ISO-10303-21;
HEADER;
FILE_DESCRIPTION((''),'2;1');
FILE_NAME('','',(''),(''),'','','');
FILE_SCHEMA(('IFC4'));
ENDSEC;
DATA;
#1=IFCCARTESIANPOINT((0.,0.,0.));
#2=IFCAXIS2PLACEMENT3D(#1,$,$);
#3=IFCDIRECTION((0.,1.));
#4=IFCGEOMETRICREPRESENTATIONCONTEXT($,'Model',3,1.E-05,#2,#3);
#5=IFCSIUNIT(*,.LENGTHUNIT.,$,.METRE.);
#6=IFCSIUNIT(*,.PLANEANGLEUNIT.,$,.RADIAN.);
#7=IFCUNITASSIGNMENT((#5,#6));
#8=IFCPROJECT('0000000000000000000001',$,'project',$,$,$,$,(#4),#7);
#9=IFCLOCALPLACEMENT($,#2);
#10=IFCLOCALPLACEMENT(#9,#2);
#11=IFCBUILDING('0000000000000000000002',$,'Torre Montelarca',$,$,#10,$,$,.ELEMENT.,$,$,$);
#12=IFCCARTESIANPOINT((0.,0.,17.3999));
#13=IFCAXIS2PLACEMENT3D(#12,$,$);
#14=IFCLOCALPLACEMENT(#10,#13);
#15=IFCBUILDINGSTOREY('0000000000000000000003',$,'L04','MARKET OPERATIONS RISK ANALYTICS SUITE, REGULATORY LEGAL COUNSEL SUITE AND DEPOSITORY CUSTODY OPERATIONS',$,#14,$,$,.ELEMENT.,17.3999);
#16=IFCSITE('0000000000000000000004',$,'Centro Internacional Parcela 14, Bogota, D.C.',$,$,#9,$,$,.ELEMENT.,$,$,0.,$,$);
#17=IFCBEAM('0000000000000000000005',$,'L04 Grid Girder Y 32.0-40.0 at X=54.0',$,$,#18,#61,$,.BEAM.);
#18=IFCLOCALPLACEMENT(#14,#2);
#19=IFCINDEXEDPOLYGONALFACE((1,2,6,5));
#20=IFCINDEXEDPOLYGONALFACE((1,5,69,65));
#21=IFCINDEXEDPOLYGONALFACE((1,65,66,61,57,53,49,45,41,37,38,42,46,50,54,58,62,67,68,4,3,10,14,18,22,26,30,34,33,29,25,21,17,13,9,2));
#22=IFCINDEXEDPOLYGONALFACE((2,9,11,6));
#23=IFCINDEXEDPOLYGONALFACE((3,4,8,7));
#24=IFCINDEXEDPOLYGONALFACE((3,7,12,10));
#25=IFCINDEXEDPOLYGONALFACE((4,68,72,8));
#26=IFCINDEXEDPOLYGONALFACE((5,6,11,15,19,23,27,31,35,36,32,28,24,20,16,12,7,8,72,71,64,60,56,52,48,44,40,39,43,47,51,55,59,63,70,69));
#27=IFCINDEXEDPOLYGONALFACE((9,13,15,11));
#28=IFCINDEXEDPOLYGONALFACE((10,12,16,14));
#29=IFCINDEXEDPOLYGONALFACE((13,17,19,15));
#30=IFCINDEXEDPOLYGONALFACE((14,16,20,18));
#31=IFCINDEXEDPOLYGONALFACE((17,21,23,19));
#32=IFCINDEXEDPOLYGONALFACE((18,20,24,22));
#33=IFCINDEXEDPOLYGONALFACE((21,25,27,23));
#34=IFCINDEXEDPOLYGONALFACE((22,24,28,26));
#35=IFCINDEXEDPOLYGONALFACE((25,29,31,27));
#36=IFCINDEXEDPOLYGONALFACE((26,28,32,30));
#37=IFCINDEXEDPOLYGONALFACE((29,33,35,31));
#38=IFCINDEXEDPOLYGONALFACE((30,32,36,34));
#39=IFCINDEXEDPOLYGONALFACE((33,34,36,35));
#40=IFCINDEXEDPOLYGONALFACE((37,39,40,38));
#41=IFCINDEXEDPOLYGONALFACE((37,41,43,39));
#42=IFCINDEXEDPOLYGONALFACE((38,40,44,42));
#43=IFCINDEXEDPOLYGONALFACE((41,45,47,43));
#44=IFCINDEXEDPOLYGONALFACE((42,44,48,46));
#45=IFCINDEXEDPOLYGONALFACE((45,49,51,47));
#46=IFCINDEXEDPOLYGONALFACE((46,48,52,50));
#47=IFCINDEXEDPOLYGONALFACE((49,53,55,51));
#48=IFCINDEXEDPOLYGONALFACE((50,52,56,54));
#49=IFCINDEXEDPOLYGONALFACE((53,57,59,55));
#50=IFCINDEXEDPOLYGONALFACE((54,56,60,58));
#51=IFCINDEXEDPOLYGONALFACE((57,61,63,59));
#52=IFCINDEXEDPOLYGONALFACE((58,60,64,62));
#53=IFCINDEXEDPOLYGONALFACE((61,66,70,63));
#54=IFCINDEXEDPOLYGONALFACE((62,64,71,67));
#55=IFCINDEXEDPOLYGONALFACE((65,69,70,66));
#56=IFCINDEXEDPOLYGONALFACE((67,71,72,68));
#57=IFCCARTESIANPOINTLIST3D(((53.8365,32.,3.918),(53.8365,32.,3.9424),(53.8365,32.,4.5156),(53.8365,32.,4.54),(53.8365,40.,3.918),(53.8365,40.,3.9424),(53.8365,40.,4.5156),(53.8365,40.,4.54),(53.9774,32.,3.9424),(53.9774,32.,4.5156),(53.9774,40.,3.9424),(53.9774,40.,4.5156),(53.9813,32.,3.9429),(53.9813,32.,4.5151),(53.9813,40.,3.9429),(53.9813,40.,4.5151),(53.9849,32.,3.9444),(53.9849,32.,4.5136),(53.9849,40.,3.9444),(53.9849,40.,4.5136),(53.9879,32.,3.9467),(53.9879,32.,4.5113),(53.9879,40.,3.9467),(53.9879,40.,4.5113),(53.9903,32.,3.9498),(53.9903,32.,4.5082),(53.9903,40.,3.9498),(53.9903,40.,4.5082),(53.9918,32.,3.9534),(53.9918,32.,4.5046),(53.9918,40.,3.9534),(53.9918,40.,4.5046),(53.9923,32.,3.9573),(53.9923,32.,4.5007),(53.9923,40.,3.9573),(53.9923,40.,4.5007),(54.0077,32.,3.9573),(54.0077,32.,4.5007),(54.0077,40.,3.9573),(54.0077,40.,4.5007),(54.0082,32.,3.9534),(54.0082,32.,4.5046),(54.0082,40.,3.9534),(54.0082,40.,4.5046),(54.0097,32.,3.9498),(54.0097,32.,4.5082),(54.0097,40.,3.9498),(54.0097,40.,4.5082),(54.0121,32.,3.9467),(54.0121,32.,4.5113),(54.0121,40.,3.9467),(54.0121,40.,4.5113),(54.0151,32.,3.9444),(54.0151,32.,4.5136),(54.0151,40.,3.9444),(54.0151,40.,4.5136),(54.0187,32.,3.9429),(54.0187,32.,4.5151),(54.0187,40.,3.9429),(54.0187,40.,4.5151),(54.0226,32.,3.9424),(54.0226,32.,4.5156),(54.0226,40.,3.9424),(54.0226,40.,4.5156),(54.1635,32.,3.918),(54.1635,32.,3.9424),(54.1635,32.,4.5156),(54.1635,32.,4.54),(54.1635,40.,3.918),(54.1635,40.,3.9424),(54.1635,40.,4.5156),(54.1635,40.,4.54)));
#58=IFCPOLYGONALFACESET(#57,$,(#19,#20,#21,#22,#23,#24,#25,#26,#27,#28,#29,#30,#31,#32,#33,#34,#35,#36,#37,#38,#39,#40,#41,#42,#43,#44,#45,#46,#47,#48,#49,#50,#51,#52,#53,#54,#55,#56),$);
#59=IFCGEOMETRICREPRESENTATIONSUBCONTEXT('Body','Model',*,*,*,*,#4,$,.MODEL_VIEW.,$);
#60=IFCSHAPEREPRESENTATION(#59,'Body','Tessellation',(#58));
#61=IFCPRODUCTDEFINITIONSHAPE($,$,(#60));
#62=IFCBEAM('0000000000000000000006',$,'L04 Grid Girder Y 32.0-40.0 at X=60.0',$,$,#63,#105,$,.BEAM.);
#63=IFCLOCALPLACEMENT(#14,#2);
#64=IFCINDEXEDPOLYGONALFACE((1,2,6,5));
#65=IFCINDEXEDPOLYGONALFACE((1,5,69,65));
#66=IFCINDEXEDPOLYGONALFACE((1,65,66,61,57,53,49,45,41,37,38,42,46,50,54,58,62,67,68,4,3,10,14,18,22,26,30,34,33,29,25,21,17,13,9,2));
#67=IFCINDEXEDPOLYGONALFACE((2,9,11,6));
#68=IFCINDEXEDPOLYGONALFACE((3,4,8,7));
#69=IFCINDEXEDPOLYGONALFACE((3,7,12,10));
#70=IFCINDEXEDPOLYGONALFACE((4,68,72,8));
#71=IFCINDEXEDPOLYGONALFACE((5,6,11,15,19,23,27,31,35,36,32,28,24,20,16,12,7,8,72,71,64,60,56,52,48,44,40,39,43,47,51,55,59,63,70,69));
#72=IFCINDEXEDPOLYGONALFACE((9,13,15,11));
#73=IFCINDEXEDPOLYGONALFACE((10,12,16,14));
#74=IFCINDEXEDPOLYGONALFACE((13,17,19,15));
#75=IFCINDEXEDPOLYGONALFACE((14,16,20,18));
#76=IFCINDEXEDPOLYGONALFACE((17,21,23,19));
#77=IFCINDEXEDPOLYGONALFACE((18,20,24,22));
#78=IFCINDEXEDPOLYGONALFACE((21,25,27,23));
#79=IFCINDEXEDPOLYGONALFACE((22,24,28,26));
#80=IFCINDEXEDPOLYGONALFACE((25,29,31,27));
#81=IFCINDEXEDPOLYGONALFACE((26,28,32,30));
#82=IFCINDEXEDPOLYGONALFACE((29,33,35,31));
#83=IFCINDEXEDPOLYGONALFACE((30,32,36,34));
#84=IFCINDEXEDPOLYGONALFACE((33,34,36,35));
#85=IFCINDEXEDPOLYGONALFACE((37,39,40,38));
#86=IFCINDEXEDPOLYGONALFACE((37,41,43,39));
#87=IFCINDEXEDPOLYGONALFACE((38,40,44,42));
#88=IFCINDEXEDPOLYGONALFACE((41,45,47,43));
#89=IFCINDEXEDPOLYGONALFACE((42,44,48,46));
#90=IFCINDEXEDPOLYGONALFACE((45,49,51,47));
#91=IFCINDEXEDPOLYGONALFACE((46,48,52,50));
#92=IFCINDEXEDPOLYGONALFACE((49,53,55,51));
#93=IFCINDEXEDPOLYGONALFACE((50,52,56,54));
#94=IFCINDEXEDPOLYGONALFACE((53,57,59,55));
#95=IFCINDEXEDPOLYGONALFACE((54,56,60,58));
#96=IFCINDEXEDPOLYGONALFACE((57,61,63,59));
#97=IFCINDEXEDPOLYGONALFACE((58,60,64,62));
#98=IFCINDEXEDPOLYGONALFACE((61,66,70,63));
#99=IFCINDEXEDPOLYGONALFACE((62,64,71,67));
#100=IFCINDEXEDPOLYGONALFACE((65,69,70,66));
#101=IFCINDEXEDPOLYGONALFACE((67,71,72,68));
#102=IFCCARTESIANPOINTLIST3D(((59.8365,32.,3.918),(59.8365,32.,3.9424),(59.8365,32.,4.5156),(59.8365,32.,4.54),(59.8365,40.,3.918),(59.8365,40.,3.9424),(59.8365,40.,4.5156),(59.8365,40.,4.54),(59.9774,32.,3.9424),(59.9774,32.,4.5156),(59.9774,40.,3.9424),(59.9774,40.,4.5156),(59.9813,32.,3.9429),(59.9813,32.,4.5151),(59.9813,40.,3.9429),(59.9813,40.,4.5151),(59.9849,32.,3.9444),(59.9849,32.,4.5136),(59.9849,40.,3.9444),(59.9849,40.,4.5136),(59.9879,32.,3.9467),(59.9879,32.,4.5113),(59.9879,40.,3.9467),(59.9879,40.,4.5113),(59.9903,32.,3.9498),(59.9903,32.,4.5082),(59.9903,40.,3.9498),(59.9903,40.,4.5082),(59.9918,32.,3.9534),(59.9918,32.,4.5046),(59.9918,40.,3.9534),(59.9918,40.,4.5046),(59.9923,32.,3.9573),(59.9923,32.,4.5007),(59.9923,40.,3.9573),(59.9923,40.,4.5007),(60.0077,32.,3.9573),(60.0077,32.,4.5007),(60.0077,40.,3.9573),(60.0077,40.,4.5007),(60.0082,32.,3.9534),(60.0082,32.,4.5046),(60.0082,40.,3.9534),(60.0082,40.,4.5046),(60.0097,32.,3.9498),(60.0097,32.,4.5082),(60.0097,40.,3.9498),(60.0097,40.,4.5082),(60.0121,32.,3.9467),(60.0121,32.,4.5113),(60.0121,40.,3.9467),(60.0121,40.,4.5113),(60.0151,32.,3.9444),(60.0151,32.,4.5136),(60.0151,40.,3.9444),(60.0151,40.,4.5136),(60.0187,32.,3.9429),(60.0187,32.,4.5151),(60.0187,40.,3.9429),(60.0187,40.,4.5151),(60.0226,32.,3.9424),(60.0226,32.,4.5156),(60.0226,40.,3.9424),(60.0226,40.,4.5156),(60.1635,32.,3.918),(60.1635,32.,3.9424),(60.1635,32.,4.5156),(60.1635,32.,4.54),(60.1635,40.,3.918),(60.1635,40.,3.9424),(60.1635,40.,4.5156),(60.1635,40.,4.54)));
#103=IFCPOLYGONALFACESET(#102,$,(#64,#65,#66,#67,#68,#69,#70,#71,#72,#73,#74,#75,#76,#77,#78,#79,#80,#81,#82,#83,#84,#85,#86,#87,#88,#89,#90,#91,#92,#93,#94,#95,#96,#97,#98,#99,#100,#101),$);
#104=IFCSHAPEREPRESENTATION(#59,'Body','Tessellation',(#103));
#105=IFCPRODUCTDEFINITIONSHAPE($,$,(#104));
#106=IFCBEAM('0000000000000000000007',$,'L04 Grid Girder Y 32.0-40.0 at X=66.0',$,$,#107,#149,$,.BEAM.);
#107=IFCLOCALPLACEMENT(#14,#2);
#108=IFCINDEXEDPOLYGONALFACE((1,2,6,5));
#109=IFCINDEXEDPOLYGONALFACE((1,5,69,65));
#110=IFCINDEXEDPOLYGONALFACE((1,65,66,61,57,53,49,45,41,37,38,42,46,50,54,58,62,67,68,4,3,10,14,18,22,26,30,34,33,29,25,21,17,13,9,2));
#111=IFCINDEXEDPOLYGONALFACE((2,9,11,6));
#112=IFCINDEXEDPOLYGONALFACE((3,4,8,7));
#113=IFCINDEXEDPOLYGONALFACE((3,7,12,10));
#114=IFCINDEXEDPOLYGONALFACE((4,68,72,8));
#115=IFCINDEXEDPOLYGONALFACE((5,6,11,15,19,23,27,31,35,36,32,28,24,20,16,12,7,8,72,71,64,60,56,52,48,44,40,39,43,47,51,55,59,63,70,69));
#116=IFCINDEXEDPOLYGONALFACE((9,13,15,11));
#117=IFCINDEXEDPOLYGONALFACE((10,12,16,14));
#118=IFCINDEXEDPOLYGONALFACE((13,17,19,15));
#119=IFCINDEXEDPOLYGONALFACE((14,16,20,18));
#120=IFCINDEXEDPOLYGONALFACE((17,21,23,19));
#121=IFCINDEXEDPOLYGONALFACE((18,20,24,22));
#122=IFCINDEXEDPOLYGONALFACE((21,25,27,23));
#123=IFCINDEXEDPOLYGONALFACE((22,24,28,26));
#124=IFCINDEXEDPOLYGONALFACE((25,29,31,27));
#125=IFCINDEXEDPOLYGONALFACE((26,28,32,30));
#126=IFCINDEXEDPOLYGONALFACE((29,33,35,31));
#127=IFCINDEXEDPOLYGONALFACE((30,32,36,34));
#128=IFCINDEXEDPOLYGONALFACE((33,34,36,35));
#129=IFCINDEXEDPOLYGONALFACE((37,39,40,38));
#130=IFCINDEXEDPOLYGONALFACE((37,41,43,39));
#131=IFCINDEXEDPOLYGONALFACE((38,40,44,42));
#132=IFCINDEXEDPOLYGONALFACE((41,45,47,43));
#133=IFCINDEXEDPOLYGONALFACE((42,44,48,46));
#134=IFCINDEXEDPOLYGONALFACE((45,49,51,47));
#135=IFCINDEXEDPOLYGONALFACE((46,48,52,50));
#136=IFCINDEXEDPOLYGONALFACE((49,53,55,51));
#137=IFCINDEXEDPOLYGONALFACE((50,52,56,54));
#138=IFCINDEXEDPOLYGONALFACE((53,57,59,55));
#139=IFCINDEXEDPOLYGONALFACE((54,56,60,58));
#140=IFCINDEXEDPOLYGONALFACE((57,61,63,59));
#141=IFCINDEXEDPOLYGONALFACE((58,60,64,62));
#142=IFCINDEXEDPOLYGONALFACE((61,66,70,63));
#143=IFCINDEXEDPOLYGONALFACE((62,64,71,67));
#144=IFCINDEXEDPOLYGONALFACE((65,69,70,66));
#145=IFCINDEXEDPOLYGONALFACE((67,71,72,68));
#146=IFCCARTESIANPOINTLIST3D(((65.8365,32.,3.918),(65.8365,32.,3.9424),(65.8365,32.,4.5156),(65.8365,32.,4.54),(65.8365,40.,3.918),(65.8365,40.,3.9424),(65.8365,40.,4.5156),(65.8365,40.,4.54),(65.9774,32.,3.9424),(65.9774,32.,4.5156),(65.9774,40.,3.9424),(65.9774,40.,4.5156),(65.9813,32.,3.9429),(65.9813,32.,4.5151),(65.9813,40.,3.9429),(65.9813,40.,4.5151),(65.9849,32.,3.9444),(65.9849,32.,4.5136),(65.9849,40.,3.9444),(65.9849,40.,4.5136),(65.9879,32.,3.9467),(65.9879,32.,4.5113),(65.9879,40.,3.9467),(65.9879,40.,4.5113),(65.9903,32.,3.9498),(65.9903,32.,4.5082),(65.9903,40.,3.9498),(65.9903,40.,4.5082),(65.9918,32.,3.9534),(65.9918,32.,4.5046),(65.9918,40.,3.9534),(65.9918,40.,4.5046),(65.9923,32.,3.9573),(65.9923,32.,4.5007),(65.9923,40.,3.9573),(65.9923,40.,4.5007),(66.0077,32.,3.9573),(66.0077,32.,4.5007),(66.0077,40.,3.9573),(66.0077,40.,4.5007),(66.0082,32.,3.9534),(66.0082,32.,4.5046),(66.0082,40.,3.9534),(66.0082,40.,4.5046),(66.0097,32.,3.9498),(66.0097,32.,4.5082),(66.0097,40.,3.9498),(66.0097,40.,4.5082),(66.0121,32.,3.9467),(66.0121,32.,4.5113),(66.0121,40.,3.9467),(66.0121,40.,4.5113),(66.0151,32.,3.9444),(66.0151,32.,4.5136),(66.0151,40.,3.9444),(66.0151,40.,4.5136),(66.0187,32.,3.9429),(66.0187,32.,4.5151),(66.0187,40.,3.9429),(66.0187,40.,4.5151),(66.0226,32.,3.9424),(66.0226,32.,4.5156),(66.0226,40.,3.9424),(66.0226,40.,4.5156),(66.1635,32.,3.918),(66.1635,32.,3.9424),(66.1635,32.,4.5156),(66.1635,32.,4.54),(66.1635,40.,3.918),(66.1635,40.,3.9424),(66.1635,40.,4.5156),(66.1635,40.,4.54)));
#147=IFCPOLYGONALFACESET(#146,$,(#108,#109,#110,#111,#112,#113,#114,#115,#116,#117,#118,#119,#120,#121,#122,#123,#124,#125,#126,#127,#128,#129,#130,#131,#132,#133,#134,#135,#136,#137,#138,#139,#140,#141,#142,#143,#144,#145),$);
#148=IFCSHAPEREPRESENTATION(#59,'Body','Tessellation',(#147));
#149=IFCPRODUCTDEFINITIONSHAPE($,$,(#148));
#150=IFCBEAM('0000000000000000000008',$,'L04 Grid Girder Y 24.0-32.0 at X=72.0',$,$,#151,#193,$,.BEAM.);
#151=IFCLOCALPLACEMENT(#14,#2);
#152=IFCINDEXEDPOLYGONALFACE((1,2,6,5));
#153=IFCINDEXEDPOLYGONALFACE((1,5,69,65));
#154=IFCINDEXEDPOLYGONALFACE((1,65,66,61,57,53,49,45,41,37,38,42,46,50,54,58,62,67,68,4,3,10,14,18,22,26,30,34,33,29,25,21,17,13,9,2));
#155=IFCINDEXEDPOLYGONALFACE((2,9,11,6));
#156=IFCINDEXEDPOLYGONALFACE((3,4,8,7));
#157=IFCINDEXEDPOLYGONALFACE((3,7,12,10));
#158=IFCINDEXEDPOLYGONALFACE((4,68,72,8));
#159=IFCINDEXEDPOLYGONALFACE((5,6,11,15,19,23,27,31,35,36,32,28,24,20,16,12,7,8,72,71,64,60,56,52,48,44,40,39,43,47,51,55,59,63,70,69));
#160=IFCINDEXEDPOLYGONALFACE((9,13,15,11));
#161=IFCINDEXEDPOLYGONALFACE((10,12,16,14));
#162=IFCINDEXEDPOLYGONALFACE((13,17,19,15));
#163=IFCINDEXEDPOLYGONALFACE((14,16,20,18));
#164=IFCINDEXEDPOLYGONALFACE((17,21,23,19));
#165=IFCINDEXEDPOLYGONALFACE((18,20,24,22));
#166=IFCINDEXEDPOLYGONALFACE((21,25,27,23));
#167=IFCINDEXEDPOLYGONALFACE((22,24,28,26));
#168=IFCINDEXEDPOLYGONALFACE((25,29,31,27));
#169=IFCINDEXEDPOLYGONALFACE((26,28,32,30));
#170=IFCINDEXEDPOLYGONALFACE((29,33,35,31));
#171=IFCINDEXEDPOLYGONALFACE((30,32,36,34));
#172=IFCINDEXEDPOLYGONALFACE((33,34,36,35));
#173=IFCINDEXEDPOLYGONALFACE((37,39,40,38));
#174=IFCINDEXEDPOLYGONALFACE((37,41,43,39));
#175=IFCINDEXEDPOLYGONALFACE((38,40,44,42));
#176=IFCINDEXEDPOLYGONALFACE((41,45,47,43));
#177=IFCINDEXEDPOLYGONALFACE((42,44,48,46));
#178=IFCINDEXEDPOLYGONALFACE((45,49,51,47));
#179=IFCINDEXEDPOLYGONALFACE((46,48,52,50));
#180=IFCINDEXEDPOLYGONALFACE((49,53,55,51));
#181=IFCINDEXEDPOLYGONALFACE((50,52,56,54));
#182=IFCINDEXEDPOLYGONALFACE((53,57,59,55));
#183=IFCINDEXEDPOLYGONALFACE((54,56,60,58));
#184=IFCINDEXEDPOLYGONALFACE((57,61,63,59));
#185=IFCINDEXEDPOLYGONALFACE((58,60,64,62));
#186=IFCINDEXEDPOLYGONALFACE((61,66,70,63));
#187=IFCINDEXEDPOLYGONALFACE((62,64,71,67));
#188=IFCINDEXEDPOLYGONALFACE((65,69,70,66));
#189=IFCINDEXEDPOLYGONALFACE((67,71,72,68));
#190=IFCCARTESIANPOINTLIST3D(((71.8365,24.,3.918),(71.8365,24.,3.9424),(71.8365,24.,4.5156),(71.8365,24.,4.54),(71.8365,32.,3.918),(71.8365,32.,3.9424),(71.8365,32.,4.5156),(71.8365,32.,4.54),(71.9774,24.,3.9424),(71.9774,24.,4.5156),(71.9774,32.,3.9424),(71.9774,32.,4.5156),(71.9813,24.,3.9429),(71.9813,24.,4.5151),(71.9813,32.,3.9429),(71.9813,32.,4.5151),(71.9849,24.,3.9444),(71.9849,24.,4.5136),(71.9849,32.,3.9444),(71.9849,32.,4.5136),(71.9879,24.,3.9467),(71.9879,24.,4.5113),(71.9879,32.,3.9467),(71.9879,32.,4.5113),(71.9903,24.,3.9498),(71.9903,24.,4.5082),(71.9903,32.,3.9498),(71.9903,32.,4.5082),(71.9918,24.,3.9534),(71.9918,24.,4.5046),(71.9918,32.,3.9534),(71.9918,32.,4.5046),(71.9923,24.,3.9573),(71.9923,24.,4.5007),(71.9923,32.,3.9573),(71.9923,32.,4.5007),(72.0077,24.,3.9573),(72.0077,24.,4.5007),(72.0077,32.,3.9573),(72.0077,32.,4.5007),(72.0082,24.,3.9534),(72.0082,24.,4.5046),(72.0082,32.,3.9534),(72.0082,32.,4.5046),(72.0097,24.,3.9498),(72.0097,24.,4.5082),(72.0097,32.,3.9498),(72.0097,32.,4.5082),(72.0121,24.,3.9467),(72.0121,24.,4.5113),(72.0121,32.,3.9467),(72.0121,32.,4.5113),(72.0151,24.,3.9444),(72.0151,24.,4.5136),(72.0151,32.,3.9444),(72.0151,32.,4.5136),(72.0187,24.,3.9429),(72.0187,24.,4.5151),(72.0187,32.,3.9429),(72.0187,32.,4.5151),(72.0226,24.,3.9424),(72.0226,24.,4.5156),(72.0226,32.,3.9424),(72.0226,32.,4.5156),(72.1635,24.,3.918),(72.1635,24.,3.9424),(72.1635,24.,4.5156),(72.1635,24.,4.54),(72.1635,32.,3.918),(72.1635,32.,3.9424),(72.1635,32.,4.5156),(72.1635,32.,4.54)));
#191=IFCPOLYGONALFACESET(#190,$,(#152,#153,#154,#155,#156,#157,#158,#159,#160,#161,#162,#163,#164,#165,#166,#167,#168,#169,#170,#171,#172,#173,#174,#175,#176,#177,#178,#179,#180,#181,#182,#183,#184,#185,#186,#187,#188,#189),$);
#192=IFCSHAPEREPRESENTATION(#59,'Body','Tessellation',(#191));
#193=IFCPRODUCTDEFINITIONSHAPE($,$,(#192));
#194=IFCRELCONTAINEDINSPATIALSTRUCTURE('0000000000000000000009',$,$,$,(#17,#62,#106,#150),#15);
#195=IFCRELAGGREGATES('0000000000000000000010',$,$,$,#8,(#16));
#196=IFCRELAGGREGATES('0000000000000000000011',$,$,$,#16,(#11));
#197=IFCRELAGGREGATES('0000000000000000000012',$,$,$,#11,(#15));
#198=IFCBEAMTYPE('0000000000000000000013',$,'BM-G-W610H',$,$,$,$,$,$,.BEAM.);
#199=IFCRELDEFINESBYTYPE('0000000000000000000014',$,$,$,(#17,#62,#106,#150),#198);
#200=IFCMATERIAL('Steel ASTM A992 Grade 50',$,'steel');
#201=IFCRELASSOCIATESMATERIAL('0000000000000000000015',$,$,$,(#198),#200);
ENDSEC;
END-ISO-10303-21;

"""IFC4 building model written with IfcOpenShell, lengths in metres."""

from ifc_helpers import new_model, si_unit, direction, frame, origin, origin_2d, place, context, subcontext, project, spatial, i_section, extrude, source, transform, mapped, material, material_profile, profile_set, type_object, element, save


model = new_model("IFC4")

# Units and contexts
model_context = context("Model", 3, precision=1e-05, world=origin(), true_north=direction((0.0, 1.0)))
body_context = subcontext(model_context, "Body", "Model", "MODEL_VIEW")
ifc_project = project(units=[si_unit("LENGTHUNIT", "METRE"), si_unit("PLANEANGLEUNIT", "RADIAN")], contexts=[model_context])

# Site, building, storey
site_placement = place(None, origin())
site = spatial("IfcSite", under=ifc_project, at=site_placement, Name="Centro Internacional Parcela 14, Bogota, D.C.", CompositionType="ELEMENT", RefElevation=0.0)
building_placement = place(site_placement, origin())
building = spatial("IfcBuilding", under=site, at=building_placement, Name="Torre Montelarca", CompositionType="ELEMENT")
storey_placement = place(building_placement, frame((0.0, 0.0, 17.3999)))
storey = spatial("IfcBuildingStorey", under=building, at=storey_placement, Name="L04", Description="MARKET OPERATIONS RISK ANALYTICS SUITE, REGULATORY LEGAL COUNSEL SUITE AND DEPOSITORY CUSTODY OPERATIONS", CompositionType="ELEMENT", Elevation=17.3999)

# Shared definitions
ifc_material_1 = material(Name="Steel ASTM A992 Grade 50", Category="steel")

# Beams
ifc_material_profile_1 = material_profile(ifc_material_1, i_section(OverallWidth=0.3269, OverallDepth=0.6221, WebThickness=0.0154, FlangeThickness=0.0244, FilletRadius=0.0149, at=origin_2d()), Name="W610X195", Category="steel")
ifc_profile_set_1 = profile_set([ifc_material_profile_1], Name="Steel ASTM A992 Grade 50")
beam_type_1 = type_object("IfcBeamType", Name="BM-G-W610H", PredefinedType="BEAM", material=ifc_profile_set_1)
shared_shape_1 = source(origin(), body_context, "Body", "SweptSolid", [
    extrude(i_section(OverallWidth=0.3269, OverallDepth=0.6221, WebThickness=0.0154, FlangeThickness=0.0244, FilletRadius=0.0149, at=origin_2d()), origin(), (0.0, 0.0, 1.0), 8.0),
])
for number, where, z_axis, x_axis, name in (
    (1, (54.0, 32.0, 4.229), (0.0, 1.0, 0.0), (-1.0, 0.0, 0.0), "L04 Grid Girder Y 32.0-40.0 at X=54.0"),
    (2, (60.0, 32.0, 4.229), (0.0, 1.0, 0.0), (-1.0, 0.0, 0.0), "L04 Grid Girder Y 32.0-40.0 at X=60.0"),
    (3, (66.0, 32.0, 4.229), (0.0, 1.0, 0.0), (-1.0, 0.0, 0.0), "L04 Grid Girder Y 32.0-40.0 at X=66.0"),
    (4, (72.0, 24.0, 4.229), (0.0, 1.0, 0.0), (-1.0, 0.0, 0.0), "L04 Grid Girder Y 24.0-32.0 at X=72.0"),
):
    element("IfcBeam", number, at=place(storey_placement, frame(where, z_axis=z_axis, x_axis=x_axis)), inside=storey, type_object=beam_type_1, Name=name, PredefinedType="BEAM", context=body_context, shape_type="MappedRepresentation", body=[
        mapped(shared_shape_1, transform((0.0, 0.0, 0.0), scale=1.0)),
    ])

save(model, "model.ifc")
